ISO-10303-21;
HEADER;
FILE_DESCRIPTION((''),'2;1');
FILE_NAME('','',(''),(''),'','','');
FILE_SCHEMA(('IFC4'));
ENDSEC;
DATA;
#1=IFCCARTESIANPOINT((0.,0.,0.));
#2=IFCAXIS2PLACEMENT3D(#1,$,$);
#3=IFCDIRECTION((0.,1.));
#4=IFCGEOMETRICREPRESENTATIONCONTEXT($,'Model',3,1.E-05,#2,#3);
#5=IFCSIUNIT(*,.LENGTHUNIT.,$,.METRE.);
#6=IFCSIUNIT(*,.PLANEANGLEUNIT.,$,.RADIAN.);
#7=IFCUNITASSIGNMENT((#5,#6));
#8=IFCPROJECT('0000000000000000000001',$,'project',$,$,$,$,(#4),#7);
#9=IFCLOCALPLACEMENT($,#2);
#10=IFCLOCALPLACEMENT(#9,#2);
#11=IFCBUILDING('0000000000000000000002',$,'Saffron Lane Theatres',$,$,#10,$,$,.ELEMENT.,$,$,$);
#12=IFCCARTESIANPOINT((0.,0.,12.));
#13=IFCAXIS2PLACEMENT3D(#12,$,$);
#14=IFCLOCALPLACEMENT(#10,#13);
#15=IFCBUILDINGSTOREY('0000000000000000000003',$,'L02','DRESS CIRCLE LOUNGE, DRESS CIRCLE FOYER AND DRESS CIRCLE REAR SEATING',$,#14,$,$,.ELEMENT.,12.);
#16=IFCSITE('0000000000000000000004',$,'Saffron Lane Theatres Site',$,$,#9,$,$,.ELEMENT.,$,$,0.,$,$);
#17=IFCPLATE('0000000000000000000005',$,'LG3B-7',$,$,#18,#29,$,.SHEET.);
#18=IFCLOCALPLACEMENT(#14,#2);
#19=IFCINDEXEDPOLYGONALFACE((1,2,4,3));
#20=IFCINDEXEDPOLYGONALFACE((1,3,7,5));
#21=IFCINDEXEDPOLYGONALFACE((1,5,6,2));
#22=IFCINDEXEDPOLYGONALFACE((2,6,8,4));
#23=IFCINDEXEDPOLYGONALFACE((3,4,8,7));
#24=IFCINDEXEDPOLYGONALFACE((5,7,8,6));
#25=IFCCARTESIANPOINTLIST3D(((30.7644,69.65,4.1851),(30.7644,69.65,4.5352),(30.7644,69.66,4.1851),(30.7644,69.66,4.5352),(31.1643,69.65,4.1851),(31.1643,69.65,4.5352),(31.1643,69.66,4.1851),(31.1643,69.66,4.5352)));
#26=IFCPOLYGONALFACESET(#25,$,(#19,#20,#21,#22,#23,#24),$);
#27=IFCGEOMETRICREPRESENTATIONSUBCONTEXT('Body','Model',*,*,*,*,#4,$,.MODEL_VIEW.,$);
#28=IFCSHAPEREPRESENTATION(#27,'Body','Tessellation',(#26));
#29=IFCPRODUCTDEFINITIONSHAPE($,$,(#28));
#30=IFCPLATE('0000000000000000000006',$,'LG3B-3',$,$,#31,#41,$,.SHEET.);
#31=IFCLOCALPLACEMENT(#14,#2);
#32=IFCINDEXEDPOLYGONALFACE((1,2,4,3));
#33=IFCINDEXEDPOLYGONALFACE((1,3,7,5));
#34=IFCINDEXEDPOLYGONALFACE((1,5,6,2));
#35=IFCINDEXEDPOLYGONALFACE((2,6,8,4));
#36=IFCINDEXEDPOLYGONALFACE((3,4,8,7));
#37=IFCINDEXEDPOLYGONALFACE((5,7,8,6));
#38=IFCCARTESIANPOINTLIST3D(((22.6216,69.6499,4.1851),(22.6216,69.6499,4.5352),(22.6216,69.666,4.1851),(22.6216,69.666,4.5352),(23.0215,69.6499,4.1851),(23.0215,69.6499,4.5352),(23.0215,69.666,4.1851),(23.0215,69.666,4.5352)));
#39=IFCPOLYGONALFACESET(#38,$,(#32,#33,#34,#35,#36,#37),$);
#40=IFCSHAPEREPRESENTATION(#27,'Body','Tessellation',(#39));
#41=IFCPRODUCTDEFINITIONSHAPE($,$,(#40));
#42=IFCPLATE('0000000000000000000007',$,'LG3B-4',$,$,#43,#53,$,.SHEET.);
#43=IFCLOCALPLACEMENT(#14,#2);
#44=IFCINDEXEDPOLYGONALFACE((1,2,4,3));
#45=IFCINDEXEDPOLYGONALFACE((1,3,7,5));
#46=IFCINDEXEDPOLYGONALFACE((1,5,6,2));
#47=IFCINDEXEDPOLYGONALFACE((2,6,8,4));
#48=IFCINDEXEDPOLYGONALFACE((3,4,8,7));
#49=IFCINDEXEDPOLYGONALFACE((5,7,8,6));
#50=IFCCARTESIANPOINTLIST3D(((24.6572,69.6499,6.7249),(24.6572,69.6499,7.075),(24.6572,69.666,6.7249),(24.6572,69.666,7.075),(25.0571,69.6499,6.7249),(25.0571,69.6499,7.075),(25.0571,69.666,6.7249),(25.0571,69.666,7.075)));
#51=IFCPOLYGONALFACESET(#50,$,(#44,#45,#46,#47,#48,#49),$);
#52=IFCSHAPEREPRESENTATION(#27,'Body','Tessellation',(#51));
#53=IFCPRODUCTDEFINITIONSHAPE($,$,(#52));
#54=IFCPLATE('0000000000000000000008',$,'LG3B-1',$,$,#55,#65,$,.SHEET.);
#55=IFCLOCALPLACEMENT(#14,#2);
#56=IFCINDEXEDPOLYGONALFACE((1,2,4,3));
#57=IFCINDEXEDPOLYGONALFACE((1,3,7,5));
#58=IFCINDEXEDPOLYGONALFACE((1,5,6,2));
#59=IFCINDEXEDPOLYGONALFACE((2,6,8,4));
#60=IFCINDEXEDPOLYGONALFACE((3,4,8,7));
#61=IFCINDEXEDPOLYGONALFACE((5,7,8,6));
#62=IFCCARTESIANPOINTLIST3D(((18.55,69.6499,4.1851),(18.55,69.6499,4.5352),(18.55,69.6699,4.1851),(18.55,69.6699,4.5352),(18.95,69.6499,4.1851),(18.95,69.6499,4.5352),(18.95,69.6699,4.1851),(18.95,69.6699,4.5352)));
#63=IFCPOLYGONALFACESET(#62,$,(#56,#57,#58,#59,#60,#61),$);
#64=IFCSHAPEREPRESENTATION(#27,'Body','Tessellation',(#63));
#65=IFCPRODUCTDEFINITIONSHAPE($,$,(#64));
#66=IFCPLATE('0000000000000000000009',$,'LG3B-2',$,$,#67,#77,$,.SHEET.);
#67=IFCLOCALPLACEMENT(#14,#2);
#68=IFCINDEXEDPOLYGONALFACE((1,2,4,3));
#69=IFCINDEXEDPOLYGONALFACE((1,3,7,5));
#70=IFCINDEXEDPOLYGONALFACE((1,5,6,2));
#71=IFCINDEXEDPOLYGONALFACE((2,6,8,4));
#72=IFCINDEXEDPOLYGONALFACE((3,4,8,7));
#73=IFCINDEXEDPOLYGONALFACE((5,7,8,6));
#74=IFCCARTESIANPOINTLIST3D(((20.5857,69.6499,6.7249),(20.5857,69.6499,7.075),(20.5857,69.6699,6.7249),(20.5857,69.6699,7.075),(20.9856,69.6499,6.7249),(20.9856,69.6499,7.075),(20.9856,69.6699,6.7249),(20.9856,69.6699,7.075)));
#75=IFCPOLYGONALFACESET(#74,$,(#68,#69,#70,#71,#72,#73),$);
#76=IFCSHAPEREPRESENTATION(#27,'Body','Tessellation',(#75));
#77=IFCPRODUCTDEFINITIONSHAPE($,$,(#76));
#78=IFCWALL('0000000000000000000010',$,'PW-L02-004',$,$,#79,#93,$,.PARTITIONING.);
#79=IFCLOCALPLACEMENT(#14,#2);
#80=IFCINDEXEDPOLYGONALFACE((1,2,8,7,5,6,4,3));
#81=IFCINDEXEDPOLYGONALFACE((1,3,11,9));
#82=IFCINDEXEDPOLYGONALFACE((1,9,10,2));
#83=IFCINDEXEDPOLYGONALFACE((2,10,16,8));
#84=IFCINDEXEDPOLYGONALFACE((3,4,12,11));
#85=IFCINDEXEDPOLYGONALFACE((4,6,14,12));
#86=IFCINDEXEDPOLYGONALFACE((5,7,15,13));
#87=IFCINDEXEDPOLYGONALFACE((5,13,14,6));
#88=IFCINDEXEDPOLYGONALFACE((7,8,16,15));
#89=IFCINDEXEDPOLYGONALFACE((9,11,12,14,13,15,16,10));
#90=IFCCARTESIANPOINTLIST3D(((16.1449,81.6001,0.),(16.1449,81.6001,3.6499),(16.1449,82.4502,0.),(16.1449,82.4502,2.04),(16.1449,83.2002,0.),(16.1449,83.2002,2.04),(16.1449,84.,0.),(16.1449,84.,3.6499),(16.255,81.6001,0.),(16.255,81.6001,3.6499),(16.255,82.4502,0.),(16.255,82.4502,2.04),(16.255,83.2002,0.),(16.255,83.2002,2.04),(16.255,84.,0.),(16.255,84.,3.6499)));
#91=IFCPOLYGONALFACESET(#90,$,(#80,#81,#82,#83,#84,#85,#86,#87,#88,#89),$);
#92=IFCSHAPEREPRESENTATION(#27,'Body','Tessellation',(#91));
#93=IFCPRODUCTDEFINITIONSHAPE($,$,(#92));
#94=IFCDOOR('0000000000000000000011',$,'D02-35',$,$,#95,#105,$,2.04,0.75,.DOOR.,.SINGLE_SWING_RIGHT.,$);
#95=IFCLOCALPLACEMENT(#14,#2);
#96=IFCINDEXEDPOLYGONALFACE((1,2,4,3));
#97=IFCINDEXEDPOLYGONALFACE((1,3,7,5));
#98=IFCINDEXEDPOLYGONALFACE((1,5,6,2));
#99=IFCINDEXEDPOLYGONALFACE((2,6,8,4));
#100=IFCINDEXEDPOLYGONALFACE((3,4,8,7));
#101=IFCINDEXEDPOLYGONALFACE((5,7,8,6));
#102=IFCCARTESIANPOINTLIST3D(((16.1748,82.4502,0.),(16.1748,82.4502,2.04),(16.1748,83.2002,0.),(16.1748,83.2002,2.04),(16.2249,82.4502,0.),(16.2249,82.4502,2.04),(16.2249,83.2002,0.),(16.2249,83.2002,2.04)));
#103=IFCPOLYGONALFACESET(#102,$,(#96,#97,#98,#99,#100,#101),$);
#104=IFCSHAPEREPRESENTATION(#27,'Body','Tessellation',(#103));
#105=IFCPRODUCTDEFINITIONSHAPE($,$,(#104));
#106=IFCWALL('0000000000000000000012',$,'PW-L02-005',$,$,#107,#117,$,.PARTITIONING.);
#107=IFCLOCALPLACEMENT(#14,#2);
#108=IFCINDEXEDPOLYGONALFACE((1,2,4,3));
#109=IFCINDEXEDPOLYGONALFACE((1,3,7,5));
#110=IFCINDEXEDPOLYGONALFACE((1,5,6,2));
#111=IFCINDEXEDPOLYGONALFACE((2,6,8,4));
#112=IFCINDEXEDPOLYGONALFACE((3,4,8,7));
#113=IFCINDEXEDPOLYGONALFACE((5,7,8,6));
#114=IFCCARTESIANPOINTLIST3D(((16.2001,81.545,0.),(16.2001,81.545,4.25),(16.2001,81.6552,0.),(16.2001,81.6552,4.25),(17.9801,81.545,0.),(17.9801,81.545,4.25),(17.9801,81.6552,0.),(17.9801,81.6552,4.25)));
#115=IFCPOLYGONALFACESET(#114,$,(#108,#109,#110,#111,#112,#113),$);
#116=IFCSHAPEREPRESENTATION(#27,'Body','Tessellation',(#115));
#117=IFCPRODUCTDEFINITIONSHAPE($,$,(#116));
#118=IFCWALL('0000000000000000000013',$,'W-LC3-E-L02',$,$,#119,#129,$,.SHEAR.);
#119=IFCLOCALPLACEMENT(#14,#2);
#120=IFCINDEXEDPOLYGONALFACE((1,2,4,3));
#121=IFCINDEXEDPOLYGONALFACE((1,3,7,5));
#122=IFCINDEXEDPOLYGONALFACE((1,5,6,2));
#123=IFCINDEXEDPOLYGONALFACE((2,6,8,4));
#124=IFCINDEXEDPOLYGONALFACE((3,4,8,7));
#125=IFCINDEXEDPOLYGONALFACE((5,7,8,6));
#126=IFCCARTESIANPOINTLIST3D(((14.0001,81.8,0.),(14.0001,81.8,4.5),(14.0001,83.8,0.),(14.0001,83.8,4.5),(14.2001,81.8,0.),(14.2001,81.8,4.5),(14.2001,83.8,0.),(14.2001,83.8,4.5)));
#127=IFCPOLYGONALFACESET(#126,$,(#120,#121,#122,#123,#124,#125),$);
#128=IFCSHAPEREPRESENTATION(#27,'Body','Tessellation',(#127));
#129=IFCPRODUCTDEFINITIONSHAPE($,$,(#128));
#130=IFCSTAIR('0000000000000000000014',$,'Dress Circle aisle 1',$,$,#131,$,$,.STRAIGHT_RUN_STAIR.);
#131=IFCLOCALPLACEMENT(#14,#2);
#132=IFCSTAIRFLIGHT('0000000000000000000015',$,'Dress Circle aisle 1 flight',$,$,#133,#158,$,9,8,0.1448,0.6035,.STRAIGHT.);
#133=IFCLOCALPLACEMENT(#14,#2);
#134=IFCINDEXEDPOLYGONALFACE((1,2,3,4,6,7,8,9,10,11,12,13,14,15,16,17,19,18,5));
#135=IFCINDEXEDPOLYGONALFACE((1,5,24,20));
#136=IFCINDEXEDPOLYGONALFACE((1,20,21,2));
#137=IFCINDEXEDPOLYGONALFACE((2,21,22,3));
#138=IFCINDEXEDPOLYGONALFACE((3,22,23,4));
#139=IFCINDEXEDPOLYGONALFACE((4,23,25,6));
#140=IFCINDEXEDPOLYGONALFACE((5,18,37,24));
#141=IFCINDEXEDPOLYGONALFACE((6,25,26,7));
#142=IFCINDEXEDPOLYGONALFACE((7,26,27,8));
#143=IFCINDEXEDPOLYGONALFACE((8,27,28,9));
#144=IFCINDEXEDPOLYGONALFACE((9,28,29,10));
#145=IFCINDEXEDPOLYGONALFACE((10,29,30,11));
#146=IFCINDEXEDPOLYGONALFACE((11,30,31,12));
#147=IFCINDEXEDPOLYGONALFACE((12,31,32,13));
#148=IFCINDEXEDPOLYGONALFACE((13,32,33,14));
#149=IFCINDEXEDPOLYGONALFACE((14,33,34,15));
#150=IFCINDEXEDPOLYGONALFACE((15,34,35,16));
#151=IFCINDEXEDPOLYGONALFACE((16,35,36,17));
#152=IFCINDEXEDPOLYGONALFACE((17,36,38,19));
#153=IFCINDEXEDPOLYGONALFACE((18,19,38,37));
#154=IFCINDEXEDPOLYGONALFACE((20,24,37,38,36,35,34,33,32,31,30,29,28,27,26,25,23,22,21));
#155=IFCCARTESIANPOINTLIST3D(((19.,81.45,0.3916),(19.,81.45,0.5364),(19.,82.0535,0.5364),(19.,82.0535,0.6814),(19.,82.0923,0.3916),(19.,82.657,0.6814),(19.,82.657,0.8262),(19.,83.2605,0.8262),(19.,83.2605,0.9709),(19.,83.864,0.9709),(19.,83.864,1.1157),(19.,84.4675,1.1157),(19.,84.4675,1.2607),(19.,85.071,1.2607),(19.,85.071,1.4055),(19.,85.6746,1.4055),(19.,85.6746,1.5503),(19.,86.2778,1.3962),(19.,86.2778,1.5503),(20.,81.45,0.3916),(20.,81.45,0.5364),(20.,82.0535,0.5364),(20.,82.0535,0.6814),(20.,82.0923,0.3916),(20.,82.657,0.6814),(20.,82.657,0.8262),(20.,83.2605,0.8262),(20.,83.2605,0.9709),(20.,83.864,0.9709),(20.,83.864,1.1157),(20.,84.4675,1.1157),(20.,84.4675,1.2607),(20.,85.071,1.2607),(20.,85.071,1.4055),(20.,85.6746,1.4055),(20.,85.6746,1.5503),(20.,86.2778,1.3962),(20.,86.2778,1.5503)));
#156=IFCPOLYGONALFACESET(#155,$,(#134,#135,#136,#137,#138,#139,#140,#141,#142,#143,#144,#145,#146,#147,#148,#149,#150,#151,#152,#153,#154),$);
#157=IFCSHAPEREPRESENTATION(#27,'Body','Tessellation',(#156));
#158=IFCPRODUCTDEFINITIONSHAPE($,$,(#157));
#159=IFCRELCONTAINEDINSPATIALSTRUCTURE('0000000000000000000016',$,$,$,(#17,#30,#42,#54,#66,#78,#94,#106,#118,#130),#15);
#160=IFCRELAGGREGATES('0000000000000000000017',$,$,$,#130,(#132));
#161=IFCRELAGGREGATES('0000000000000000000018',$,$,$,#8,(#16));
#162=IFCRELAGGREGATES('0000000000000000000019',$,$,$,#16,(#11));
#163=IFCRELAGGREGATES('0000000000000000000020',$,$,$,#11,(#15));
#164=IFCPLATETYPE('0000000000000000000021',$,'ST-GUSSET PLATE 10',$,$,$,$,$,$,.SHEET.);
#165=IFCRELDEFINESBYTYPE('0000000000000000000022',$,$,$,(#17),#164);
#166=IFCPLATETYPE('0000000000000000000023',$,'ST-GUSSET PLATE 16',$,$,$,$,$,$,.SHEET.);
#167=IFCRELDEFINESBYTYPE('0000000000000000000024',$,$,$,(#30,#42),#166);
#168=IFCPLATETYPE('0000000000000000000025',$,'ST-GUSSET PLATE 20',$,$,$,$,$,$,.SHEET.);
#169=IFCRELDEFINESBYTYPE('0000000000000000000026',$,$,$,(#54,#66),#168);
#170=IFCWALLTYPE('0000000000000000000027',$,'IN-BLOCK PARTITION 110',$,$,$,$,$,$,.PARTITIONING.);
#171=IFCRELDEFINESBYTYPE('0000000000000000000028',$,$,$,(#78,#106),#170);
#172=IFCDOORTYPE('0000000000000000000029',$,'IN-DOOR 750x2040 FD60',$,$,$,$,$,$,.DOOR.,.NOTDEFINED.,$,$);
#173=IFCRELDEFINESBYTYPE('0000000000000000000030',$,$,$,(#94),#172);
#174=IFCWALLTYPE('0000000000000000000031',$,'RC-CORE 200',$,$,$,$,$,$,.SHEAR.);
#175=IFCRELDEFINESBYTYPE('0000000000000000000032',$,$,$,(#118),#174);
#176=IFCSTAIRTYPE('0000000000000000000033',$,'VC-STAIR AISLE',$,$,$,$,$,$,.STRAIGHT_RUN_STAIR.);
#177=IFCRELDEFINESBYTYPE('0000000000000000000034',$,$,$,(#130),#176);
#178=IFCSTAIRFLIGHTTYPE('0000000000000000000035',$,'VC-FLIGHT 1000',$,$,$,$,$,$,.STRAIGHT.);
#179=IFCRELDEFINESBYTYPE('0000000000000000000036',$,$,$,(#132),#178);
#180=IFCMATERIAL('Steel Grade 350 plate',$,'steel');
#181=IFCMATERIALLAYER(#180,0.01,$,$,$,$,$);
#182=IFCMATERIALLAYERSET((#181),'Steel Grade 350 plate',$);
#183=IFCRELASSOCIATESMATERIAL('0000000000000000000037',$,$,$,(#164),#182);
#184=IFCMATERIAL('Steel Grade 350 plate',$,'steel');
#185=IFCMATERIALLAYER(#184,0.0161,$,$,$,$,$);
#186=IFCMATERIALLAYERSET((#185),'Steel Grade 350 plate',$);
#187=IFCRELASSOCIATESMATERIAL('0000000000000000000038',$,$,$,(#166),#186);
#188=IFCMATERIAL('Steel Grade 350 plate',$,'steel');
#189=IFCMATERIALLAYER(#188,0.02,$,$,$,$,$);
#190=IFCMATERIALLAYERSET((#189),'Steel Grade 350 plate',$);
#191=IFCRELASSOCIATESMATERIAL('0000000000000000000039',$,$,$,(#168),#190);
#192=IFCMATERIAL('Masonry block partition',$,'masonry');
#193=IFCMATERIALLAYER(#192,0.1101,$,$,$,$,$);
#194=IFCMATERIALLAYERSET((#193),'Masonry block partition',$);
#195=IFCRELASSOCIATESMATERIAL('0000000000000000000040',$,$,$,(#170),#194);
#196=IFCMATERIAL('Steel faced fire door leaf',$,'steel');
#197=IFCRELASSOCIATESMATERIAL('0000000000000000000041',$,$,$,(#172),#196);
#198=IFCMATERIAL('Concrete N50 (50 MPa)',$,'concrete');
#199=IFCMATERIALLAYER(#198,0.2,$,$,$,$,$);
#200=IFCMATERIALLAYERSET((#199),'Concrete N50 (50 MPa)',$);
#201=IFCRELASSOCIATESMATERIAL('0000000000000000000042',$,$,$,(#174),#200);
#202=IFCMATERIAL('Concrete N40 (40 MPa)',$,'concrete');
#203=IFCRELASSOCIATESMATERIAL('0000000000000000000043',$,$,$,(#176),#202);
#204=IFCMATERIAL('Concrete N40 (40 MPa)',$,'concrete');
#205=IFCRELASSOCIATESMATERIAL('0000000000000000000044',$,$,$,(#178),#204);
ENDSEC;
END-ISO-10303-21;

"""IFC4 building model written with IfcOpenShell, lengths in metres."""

from ifc_helpers import new_model, si_unit, direction, frame, frame_2d, origin, origin_2d, place, context, subcontext, project, spatial, polyline, rectangle, outline, extrude, material, layer, layer_set, type_object, element, fill, aggregate, save


model = new_model("IFC4")

# Units and contexts
model_context = context("Model", 3, precision=1e-05, world=origin(), true_north=direction((0.0, 1.0)))
body_context = subcontext(model_context, "Body", "Model", "MODEL_VIEW")
ifc_project = project(units=[si_unit("LENGTHUNIT", "METRE"), si_unit("PLANEANGLEUNIT", "RADIAN")], contexts=[model_context])

# Site, building, storey
site_placement = place(None, origin())
site = spatial("IfcSite", under=ifc_project, at=site_placement, Name="Saffron Lane Theatres Site", CompositionType="ELEMENT", RefElevation=0.0)
building_placement = place(site_placement, origin())
building = spatial("IfcBuilding", under=site, at=building_placement, Name="Saffron Lane Theatres", CompositionType="ELEMENT")
storey_placement = place(building_placement, frame((0.0, 0.0, 12.0)))
storey = spatial("IfcBuildingStorey", under=building, at=storey_placement, Name="L02", Description="DRESS CIRCLE LOUNGE, DRESS CIRCLE FOYER AND DRESS CIRCLE REAR SEATING", CompositionType="ELEMENT", Elevation=12.0)

# Plates
ifc_material_1 = material(Name="Steel Grade 350 plate", Category="steel")
ifc_layer_1 = layer(ifc_material_1, 0.01)
ifc_layer_set_1 = layer_set([ifc_layer_1], Name="Steel Grade 350 plate")
plate_type_1 = type_object("IfcPlateType", Name="ST-GUSSET PLATE 10", PredefinedType="SHEET", material=ifc_layer_set_1)
for number, where, z_axis, x_axis, name in (
    (1, (30.9644, 69.655, 4.1851), (0.0, 0.0, 1.0), (1.0, 0.0, 0.0), "LG3B-7"),
):
    element("IfcPlate", number, at=place(storey_placement, frame(where, z_axis=z_axis, x_axis=x_axis)), inside=storey, type_object=plate_type_1, Name=name, PredefinedType="SHEET", context=body_context, shape_type="SweptSolid", body=[
        extrude(rectangle(XDim=0.3999, YDim=0.01, at=origin_2d()), origin(), (0.0, 0.0, 1.0), 0.3501),
    ])
ifc_material_2 = material(Name="Steel Grade 350 plate", Category="steel")
ifc_layer_2 = layer(ifc_material_2, 0.0161)
ifc_layer_set_2 = layer_set([ifc_layer_2], Name="Steel Grade 350 plate")
plate_type_2 = type_object("IfcPlateType", Name="ST-GUSSET PLATE 16", PredefinedType="SHEET", material=ifc_layer_set_2)
for number, where, z_axis, x_axis, name in (
    (2, (22.8215, 69.658, 4.1851), (0.0, 0.0, 1.0), (1.0, 0.0, 0.0), "LG3B-3"),
    (3, (24.8572, 69.658, 6.7249), (0.0, 0.0, 1.0), (1.0, 0.0, 0.0), "LG3B-4"),
):
    element("IfcPlate", number, at=place(storey_placement, frame(where, z_axis=z_axis, x_axis=x_axis)), inside=storey, type_object=plate_type_2, Name=name, PredefinedType="SHEET", context=body_context, shape_type="SweptSolid", body=[
        extrude(rectangle(XDim=0.3999, YDim=0.0161, at=origin_2d()), origin(), (0.0, 0.0, 1.0), 0.3501),
    ])
ifc_material_3 = material(Name="Steel Grade 350 plate", Category="steel")
ifc_layer_3 = layer(ifc_material_3, 0.02)
ifc_layer_set_3 = layer_set([ifc_layer_3], Name="Steel Grade 350 plate")
plate_type_3 = type_object("IfcPlateType", Name="ST-GUSSET PLATE 20", PredefinedType="SHEET", material=ifc_layer_set_3)
for number, where, z_axis, x_axis, name in (
    (4, (18.75, 69.6599, 4.1851), (0.0, 0.0, 1.0), (1.0, 0.0, 0.0), "LG3B-1"),
    (5, (20.7856, 69.6599, 6.7249), (0.0, 0.0, 1.0), (1.0, 0.0, 0.0), "LG3B-2"),
):
    element("IfcPlate", number, at=place(storey_placement, frame(where, z_axis=z_axis, x_axis=x_axis)), inside=storey, type_object=plate_type_3, Name=name, PredefinedType="SHEET", context=body_context, shape_type="SweptSolid", body=[
        extrude(rectangle(XDim=0.3999, YDim=0.02, at=origin_2d()), origin(), (0.0, 0.0, 1.0), 0.3501),
    ])

# Wall, opening, door
ifc_material_4 = material(Name="Masonry block partition", Category="masonry")
ifc_layer_4 = layer(ifc_material_4, 0.1101)
ifc_layer_set_4 = layer_set([ifc_layer_4], Name="Masonry block partition")
wall_type_1 = type_object("IfcWallType", Name="IN-BLOCK PARTITION 110", PredefinedType="PARTITIONING", material=ifc_layer_set_4)
wall_1_placement = place(storey_placement, frame((16.2, 81.6001, 0.0), z_axis=(0.0, 0.0, 1.0), x_axis=(0.0, 1.0, 0.0)))
wall_1 = element("IfcWall", 6, at=wall_1_placement, inside=storey, type_object=wall_type_1, Name="PW-L02-004", PredefinedType="PARTITIONING", context=body_context, shape_type="SweptSolid", body=[
    extrude(rectangle(XDim=2.3999, YDim=0.1101, at=frame_2d((1.2, 0.0))), origin(), (0.0, 0.0, 1.0), 3.6499),
])
opening_placement = place(wall_1_placement, frame((0.8501, 0.0, 0.0)))
opening = element("IfcOpeningElement", 7, at=opening_placement, cuts=wall_1, PredefinedType="OPENING", context=body_context, shape_type="SweptSolid", body=[
    extrude(rectangle(XDim=0.75, YDim=2.04, at=frame_2d((0.375, 1.02))), frame((0.0, 0.0649, 0.0), z_axis=(0.0, -1.0, 0.0), x_axis=(1.0, 0.0, 0.0)), (0.0, 0.0, 1.0), 0.1301),
])
ifc_material_5 = material(Name="Steel faced fire door leaf", Category="steel")
door_type = type_object("IfcDoorType", Name="IN-DOOR 750x2040 FD60", OperationType="NOTDEFINED", PredefinedType="DOOR", material=ifc_material_5)
door_placement = place(opening_placement, frame((0.75, 0.0, 0.0), z_axis=(0.0, 0.0, 1.0), x_axis=(-1.0, 0.0, 0.0)))
door = element("IfcDoor", 8, at=door_placement, inside=storey, type_object=door_type, Name="D02-35", OperationType="SINGLE_SWING_RIGHT", OverallHeight=2.04, OverallWidth=0.75, PredefinedType="DOOR", context=body_context, shape_type="SweptSolid", body=[
    extrude(rectangle(XDim=0.75, YDim=2.04, at=frame_2d((0.375, 1.02))), frame((0.0, 0.0249, 0.0), z_axis=(0.0, -1.0, 0.0), x_axis=(1.0, 0.0, 0.0)), (0.0, 0.0, 1.0), 0.05),
])
fill(opening, door)

# Walls
wall_2_placement = place(storey_placement, frame((16.2, 81.6001, 0.0), z_axis=(0.0, 0.0, 1.0), x_axis=(1.0, 0.0, 0.0)))
element("IfcWall", 9, at=wall_2_placement, inside=storey, type_object=wall_type_1, Name="PW-L02-005", PredefinedType="PARTITIONING", context=body_context, shape_type="SweptSolid", body=[
    extrude(rectangle(XDim=1.78, YDim=0.1101, at=frame_2d((0.8901, 0.0))), origin(), (0.0, 0.0, 1.0), 4.25),
])
ifc_material_6 = material(Name="Concrete N50 (50 MPa)", Category="concrete")
ifc_layer_5 = layer(ifc_material_6, 0.2)
ifc_layer_set_5 = layer_set([ifc_layer_5], Name="Concrete N50 (50 MPa)")
wall_type_2 = type_object("IfcWallType", Name="RC-CORE 200", PredefinedType="SHEAR", material=ifc_layer_set_5)
wall_3_placement = place(storey_placement, frame((14.1001, 81.8, 0.0), z_axis=(0.0, 0.0, 1.0), x_axis=(0.0, 1.0, 0.0)))
element("IfcWall", 10, at=wall_3_placement, inside=storey, type_object=wall_type_2, Name="W-LC3-E-L02", PredefinedType="SHEAR", context=body_context, shape_type="SweptSolid", body=[
    extrude(rectangle(XDim=2.0, YDim=0.2, at=frame_2d((1.0, 0.0))), origin(), (0.0, 0.0, 1.0), 4.5),
])

# Stair, stair flight
ifc_material_7 = material(Name="Concrete N40 (40 MPa)", Category="concrete")
stair_type_1 = type_object("IfcStairType", Name="VC-STAIR AISLE", PredefinedType="STRAIGHT_RUN_STAIR", material=ifc_material_7)
stair_1_placement = place(storey_placement, origin())
stair_1 = element("IfcStair", 11, at=stair_1_placement, inside=storey, type_object=stair_type_1, Name="Dress Circle aisle 1", PredefinedType="STRAIGHT_RUN_STAIR")
ifc_material_8 = material(Name="Concrete N40 (40 MPa)", Category="concrete")
stair_flight_type_1 = type_object("IfcStairFlightType", Name="VC-FLIGHT 1000", PredefinedType="STRAIGHT", material=ifc_material_8)
stair_flight_1_placement = place(storey_placement, frame((19.5, 81.45, 0.3916), z_axis=(0.0, 0.0, 1.0), x_axis=(0.0, 1.0, 0.0)))
stair_flight_1 = element("IfcStairFlight", 12, at=stair_flight_1_placement, type_object=stair_flight_type_1, Name="Dress Circle aisle 1 flight", NumberOfRisers=9, NumberOfTreads=8, PredefinedType="STRAIGHT", RiserHeight=0.1448, TreadLength=0.6035, context=body_context, shape_type="SweptSolid", body=[
    extrude(outline(polyline([(0.0, 0.0), (0.0, 0.1448), (0.6035, 0.1448), (0.6035, 0.2898), (1.207, 0.2898), (1.207, 0.4346), (1.8105, 0.4346), (1.8105, 0.5793), (2.4141, 0.5793), (2.4141, 0.7241), (3.0176, 0.7241), (3.0176, 0.8691), (3.6211, 0.8691), (3.6211, 1.0139), (4.2246, 1.0139), (4.2246, 1.1587), (4.8279, 1.1587), (4.8279, 1.3035), (4.8279, 1.0046), (0.6423, 0.0), (0.0, 0.0)])), frame((0.0, 0.5, 0.0), z_axis=(0.0, -1.0, 0.0), x_axis=(1.0, 0.0, 0.0)), (0.0, 0.0, 1.0), 1.0),
])
aggregate(stair_1, [stair_flight_1])

save(model, "model.ifc")
